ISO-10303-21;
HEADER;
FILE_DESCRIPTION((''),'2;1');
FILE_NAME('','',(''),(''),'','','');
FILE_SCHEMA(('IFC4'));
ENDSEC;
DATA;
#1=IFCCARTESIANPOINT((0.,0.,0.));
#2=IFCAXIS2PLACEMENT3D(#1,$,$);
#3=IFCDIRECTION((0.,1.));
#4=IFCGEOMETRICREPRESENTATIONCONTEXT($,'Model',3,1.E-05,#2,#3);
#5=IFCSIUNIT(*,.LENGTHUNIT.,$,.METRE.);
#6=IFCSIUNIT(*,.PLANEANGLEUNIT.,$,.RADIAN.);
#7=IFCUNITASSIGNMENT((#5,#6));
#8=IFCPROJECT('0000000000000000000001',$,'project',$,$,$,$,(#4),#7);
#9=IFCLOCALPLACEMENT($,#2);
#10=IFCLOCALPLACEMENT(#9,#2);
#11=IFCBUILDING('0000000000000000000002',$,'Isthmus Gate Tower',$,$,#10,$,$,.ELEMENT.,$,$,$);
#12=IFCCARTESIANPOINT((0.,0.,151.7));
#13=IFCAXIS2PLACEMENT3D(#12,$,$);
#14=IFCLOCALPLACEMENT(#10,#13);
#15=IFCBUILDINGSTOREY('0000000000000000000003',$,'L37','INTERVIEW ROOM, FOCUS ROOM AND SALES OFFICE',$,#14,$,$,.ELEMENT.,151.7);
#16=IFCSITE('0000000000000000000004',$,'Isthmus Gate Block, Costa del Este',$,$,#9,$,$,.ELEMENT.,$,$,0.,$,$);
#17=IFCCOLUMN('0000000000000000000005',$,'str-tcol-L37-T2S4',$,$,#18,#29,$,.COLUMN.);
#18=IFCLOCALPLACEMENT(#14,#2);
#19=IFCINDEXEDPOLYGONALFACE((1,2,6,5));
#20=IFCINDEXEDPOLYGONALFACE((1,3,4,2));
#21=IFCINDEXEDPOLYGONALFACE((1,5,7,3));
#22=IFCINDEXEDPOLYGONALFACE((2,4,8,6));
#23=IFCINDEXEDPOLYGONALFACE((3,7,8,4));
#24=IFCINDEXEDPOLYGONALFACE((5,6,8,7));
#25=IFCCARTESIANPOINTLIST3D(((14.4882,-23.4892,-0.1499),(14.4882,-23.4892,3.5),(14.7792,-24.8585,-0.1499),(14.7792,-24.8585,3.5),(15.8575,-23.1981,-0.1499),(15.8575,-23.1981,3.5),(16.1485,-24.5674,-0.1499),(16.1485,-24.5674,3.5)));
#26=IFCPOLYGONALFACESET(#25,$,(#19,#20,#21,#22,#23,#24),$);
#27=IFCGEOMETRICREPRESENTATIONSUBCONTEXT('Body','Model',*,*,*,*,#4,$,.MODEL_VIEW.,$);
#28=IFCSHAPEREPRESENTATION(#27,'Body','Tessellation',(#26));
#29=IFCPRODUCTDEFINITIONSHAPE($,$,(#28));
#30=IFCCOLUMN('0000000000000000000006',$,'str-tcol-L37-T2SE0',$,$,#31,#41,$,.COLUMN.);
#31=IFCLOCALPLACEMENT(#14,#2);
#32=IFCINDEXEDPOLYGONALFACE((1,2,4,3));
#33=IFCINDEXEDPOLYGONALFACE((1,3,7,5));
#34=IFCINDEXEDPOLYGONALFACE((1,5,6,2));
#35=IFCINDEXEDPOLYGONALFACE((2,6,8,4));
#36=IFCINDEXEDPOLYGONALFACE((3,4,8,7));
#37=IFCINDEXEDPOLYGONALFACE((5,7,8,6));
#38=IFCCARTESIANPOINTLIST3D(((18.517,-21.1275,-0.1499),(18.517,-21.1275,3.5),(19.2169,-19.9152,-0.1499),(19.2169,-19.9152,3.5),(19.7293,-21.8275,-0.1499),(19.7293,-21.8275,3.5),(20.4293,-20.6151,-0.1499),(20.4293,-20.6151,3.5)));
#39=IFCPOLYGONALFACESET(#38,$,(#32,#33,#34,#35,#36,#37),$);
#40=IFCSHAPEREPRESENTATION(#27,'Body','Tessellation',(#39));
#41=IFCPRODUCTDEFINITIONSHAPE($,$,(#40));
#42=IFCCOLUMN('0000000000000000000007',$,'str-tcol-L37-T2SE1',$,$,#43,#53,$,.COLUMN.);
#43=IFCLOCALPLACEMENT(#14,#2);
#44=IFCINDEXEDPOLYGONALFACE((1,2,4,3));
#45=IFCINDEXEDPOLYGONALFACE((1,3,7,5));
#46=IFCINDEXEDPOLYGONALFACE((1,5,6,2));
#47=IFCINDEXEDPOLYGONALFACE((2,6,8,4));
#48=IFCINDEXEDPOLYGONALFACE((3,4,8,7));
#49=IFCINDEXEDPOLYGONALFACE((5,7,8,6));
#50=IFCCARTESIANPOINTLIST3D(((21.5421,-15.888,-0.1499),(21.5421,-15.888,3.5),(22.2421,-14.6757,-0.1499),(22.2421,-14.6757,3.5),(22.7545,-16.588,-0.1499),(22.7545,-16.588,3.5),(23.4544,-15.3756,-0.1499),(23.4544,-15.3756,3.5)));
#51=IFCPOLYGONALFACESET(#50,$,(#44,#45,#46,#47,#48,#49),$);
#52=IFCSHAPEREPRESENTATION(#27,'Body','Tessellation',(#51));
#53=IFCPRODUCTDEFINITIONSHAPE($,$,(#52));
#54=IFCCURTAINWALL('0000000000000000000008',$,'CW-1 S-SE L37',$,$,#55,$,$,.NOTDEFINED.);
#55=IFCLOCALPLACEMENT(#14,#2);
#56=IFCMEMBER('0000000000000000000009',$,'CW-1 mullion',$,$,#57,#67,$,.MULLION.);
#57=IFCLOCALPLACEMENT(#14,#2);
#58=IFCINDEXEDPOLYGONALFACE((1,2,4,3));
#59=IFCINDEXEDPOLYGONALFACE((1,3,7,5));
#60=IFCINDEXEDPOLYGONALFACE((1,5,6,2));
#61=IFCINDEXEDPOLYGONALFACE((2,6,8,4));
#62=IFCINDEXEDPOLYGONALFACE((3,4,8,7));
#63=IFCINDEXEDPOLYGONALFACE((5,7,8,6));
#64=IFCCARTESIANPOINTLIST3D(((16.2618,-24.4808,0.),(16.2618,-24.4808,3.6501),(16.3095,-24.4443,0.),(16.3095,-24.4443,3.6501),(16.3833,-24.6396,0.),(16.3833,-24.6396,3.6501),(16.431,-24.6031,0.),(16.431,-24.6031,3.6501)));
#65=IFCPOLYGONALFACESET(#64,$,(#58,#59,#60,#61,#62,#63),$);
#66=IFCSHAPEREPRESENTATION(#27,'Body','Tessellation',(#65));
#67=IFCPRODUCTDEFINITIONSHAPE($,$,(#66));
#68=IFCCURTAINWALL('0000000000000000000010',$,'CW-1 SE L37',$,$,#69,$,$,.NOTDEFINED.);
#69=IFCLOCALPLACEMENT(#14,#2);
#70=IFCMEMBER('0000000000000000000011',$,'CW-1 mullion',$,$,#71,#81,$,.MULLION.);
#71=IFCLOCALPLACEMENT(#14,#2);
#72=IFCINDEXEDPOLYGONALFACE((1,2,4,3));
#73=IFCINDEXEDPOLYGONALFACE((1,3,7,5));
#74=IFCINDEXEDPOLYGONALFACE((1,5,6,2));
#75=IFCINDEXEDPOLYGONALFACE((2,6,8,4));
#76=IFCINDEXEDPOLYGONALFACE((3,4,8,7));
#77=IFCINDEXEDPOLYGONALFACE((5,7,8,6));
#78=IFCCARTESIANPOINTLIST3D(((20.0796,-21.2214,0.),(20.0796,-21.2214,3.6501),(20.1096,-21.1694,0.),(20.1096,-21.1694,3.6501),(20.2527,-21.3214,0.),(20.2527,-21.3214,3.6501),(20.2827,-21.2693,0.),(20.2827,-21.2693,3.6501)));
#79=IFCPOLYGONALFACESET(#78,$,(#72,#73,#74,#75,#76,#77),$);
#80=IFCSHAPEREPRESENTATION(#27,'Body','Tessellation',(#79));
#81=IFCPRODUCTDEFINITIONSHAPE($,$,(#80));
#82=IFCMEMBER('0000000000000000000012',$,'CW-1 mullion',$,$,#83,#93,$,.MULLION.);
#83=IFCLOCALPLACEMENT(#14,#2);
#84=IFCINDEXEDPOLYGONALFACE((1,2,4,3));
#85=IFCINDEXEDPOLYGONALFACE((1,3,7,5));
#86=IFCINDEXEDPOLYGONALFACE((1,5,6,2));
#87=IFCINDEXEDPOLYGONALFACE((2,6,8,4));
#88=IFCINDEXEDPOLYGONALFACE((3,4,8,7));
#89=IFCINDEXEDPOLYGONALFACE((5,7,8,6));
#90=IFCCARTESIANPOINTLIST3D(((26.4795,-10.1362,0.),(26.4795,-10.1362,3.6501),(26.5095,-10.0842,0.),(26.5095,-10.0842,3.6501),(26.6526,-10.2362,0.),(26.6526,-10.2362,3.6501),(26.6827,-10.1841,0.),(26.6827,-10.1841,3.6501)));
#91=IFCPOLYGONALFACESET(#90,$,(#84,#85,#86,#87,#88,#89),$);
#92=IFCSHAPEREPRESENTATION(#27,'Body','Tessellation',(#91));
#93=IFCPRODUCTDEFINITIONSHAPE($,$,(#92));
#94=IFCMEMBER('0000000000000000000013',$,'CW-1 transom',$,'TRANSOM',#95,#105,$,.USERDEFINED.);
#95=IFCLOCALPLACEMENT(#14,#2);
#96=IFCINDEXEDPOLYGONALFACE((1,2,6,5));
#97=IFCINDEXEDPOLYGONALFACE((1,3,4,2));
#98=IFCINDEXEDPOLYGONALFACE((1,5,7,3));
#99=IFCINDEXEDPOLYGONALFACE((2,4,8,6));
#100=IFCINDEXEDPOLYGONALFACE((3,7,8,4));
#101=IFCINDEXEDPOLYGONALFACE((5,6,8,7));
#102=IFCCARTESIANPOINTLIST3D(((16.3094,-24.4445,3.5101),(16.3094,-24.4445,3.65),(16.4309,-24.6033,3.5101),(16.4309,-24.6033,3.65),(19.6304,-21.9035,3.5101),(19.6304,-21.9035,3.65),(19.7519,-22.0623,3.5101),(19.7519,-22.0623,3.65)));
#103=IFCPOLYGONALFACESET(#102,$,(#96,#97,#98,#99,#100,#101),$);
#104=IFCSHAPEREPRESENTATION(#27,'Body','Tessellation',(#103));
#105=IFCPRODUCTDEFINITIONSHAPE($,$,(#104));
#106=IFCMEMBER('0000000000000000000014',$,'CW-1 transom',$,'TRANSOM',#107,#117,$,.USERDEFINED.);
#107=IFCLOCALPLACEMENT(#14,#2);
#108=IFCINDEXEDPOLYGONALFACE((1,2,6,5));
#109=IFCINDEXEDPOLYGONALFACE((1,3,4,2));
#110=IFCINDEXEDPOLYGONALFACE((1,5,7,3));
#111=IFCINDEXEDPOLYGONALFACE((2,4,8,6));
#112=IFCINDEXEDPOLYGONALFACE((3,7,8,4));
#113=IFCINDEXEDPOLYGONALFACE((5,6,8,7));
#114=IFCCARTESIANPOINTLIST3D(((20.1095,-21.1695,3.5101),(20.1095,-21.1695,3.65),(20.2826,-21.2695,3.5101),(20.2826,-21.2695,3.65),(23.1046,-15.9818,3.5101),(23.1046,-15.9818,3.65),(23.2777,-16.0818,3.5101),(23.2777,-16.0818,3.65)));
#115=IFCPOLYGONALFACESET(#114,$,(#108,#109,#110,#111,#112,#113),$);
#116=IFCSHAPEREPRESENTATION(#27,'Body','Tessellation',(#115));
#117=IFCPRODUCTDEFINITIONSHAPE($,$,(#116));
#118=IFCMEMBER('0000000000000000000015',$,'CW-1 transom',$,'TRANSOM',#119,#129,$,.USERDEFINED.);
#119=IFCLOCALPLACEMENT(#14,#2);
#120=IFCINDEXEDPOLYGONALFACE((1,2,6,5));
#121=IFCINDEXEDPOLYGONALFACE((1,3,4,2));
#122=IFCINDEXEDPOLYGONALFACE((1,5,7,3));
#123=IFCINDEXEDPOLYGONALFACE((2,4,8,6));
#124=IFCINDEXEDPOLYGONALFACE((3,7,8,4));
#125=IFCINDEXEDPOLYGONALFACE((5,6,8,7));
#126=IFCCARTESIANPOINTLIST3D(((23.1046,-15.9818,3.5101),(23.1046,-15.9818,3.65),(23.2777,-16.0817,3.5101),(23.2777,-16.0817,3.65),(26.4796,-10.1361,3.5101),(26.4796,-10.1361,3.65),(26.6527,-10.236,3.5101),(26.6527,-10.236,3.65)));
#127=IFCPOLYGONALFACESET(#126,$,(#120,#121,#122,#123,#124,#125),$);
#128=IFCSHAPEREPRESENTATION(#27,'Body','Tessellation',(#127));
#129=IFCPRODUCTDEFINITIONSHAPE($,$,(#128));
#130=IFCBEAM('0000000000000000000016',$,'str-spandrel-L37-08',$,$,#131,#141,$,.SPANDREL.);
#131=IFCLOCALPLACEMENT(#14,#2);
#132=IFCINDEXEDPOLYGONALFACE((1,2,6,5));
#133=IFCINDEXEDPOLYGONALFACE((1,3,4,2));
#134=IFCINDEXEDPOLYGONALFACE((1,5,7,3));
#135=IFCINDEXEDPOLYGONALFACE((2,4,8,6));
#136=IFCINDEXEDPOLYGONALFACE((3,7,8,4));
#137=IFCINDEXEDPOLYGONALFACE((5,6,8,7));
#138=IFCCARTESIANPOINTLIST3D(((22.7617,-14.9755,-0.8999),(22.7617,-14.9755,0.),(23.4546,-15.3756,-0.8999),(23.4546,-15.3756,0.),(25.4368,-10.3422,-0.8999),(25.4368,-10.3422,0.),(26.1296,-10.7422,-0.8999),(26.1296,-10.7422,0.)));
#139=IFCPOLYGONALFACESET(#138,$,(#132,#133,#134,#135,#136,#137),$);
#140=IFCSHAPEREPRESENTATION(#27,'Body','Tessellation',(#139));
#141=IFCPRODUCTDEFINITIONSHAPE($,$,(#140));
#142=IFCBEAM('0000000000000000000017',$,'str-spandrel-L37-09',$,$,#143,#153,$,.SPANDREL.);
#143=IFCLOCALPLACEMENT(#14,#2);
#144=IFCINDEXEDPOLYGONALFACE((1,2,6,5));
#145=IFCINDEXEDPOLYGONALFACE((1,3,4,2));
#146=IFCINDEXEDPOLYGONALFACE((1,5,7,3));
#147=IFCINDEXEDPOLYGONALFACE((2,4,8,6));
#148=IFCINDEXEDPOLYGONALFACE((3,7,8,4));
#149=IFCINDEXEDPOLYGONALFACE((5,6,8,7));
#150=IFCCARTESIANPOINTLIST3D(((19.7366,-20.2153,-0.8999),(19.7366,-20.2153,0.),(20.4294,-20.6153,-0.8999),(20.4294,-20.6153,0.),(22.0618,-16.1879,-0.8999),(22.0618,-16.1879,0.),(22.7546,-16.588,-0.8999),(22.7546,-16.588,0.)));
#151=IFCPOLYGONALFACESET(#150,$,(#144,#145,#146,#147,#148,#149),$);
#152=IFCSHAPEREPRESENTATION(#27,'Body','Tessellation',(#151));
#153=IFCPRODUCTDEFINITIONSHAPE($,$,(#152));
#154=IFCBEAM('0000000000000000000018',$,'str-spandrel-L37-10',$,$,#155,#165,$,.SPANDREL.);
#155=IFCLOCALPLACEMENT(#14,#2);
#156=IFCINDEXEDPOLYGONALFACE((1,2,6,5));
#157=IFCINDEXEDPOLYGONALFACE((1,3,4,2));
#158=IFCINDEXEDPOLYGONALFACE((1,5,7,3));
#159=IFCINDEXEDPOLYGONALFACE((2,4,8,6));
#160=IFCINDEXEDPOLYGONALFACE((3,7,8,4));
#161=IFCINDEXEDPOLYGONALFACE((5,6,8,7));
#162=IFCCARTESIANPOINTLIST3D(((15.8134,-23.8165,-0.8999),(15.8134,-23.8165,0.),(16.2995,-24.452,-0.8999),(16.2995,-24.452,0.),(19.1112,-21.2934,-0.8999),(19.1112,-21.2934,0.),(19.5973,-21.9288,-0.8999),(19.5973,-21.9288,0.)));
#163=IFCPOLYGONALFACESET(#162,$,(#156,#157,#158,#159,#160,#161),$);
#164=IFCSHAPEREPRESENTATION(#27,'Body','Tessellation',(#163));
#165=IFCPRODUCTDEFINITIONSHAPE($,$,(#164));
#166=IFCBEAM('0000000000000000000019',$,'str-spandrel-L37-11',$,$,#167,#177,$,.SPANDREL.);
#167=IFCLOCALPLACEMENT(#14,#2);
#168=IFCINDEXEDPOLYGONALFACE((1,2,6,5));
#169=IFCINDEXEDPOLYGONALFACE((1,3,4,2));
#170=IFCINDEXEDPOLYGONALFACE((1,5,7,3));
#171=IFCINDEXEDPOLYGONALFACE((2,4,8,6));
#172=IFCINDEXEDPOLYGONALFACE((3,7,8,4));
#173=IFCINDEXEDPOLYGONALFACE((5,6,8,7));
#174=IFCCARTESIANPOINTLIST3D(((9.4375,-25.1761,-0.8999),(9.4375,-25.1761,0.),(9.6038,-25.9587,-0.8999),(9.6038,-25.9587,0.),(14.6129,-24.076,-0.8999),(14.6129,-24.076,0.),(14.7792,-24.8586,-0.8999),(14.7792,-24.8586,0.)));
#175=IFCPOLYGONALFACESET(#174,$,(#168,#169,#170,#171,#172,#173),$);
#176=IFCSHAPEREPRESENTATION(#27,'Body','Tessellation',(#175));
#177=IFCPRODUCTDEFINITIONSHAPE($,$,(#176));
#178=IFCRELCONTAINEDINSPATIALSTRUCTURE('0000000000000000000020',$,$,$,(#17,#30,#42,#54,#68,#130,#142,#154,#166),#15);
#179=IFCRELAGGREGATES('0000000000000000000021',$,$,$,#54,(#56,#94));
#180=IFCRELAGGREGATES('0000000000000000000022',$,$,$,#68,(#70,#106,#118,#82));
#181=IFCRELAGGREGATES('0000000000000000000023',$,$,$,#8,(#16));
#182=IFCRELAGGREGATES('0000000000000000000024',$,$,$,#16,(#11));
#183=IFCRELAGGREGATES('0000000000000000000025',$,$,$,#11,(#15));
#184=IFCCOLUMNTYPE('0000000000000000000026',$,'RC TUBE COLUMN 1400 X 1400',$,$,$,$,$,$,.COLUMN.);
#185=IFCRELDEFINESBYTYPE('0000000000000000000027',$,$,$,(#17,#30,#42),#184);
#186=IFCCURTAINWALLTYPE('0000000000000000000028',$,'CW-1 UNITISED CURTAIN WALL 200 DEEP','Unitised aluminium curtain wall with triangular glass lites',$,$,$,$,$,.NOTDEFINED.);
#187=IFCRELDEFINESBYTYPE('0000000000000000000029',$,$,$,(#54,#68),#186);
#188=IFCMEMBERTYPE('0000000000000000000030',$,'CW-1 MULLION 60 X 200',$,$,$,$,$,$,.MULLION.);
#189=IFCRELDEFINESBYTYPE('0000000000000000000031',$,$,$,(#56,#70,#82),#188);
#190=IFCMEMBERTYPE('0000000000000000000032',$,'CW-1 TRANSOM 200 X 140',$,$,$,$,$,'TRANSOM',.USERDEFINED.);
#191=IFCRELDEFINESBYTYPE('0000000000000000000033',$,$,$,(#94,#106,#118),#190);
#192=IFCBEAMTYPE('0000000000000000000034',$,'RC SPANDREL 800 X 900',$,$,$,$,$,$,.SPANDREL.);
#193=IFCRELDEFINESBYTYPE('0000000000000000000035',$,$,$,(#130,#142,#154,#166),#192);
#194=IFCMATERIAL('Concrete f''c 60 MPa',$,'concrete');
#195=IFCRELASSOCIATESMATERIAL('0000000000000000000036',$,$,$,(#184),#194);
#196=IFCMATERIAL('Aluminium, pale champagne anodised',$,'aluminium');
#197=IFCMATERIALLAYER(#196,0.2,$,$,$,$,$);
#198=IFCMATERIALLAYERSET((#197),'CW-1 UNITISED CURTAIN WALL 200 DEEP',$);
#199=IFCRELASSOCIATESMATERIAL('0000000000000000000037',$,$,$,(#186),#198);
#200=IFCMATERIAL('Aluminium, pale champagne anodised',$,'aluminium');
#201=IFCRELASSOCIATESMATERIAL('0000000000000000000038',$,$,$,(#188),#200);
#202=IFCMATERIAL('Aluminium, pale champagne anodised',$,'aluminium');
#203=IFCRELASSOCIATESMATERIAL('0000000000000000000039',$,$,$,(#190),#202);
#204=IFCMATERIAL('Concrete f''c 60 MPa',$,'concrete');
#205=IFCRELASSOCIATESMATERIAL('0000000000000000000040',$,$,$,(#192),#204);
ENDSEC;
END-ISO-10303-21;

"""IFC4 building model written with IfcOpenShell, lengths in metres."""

from ifc_helpers import new_model, si_unit, direction, frame, origin, origin_2d, place, context, subcontext, project, spatial, rectangle, extrude, material, layer, layer_set, material_profile, profile_set, type_object, element, aggregate, save


model = new_model("IFC4")

# Units and contexts
model_context = context("Model", 3, precision=1e-05, world=origin(), true_north=direction((0.0, 1.0)))
body_context = subcontext(model_context, "Body", "Model", "MODEL_VIEW")
ifc_project = project(units=[si_unit("LENGTHUNIT", "METRE"), si_unit("PLANEANGLEUNIT", "RADIAN")], contexts=[model_context])

# Site, building, storey
site_placement = place(None, origin())
site = spatial("IfcSite", under=ifc_project, at=site_placement, Name="Isthmus Gate Block, Costa del Este", CompositionType="ELEMENT", RefElevation=0.0)
building_placement = place(site_placement, origin())
building = spatial("IfcBuilding", under=site, at=building_placement, Name="Isthmus Gate Tower", CompositionType="ELEMENT")
storey_placement = place(building_placement, frame((0.0, 0.0, 151.7)))
storey = spatial("IfcBuildingStorey", under=building, at=storey_placement, Name="L37", Description="INTERVIEW ROOM, FOCUS ROOM AND SALES OFFICE", CompositionType="ELEMENT", Elevation=151.7)

# Columns
ifc_material_1 = material(Name="Concrete f'c 60 MPa", Category="concrete")
ifc_material_profile_1 = material_profile(ifc_material_1, rectangle(XDim=1.3999, YDim=1.3999, at=origin_2d()), Name="RC 1400X1400")
ifc_profile_set_1 = profile_set([ifc_material_profile_1], Name="Concrete f'c 60 MPa")
column_type = type_object("IfcColumnType", Name="RC TUBE COLUMN 1400 X 1400", PredefinedType="COLUMN", material=ifc_profile_set_1)
for number, where, z_axis, x_axis, name in (
    (1, (15.3184, -24.0283, -0.1499), (0.0, 0.0, 1.0), (0.978148, 0.207912, 0.0), "str-tcol-L37-T2S4"),
    (2, (19.4731, -20.8713, -0.1499), (0.0, 0.0, 1.0), (0.5, 0.866025, 0.0), "str-tcol-L37-T2SE0"),
    (3, (22.4983, -15.6318, -0.1499), (0.0, 0.0, 1.0), (0.5, 0.866025, 0.0), "str-tcol-L37-T2SE1"),
):
    element("IfcColumn", number, at=place(storey_placement, frame(where, z_axis=z_axis, x_axis=x_axis)), inside=storey, type_object=column_type, Name=name, PredefinedType="COLUMN", context=body_context, shape_type="SweptSolid", body=[
        extrude(rectangle(XDim=1.3999, YDim=1.3999, at=origin_2d()), origin(), (0.0, 0.0, 1.0), 3.6499),
    ])

# Curtain wall, member
ifc_material_2 = material(Name="Aluminium, pale champagne anodised", Category="aluminium")
ifc_layer_1 = layer(ifc_material_2, 0.2)
ifc_layer_set_1 = layer_set([ifc_layer_1], Name="CW-1 UNITISED CURTAIN WALL 200 DEEP")
curtain_wall_type = type_object("IfcCurtainWallType", Name="CW-1 UNITISED CURTAIN WALL 200 DEEP", Description="Unitised aluminium curtain wall with triangular glass lites", PredefinedType="NOTDEFINED", material=ifc_layer_set_1)
curtain_wall_1_placement = place(storey_placement, origin())
curtain_wall_1 = element("IfcCurtainWall", 4, at=curtain_wall_1_placement, inside=storey, type_object=curtain_wall_type, Name="CW-1 S-SE L37", PredefinedType="NOTDEFINED")
ifc_material_3 = material(Name="Aluminium, pale champagne anodised", Category="aluminium")
ifc_material_profile_2 = material_profile(ifc_material_3, rectangle(XDim=0.0601, YDim=0.2, at=origin_2d()), Name="60x200")
ifc_profile_set_2 = profile_set([ifc_material_profile_2], Name="Aluminium, pale champagne anodised")
member_type_1 = type_object("IfcMemberType", Name="CW-1 MULLION 60 X 200", PredefinedType="MULLION", material=ifc_profile_set_2)
member_1_placement = place(storey_placement, frame((16.3464, -24.542, 0.0), z_axis=(0.0, 0.0, 1.0), x_axis=(0.794189, 0.607671, 0.0)))
member_1 = element("IfcMember", 5, at=member_1_placement, type_object=member_type_1, Name="CW-1 mullion", PredefinedType="MULLION", context=body_context, shape_type="SweptSolid", body=[
    extrude(rectangle(XDim=0.0601, YDim=0.2, at=origin_2d()), origin(), (0.0, 0.0, 1.0), 3.6501),
])

# Curtain wall, members
curtain_wall_2_placement = place(storey_placement, origin())
curtain_wall_2 = element("IfcCurtainWall", 6, at=curtain_wall_2_placement, inside=storey, type_object=curtain_wall_type, Name="CW-1 SE L37", PredefinedType="NOTDEFINED")
member_2_placement = place(storey_placement, frame((20.1812, -21.2454, 0.0), z_axis=(0.0, 0.0, 1.0), x_axis=(0.5, 0.866025, 0.0)))
member_2 = element("IfcMember", 7, at=member_2_placement, type_object=member_type_1, Name="CW-1 mullion", PredefinedType="MULLION", context=body_context, shape_type="SweptSolid", body=[
    extrude(rectangle(XDim=0.0601, YDim=0.2, at=origin_2d()), origin(), (0.0, 0.0, 1.0), 3.6501),
])
member_3_placement = place(storey_placement, frame((26.5811, -10.1602, 0.0), z_axis=(0.0, 0.0, 1.0), x_axis=(0.5, 0.866025, 0.0)))
member_3 = element("IfcMember", 8, at=member_3_placement, type_object=member_type_1, Name="CW-1 mullion", PredefinedType="MULLION", context=body_context, shape_type="SweptSolid", body=[
    extrude(rectangle(XDim=0.0601, YDim=0.2, at=origin_2d()), origin(), (0.0, 0.0, 1.0), 3.6501),
])

# Members
ifc_material_4 = material(Name="Aluminium, pale champagne anodised", Category="aluminium")
ifc_material_profile_3 = material_profile(ifc_material_4, rectangle(XDim=0.2, YDim=0.1399, at=origin_2d()), Name="200x140")
ifc_profile_set_3 = profile_set([ifc_material_profile_3], Name="Aluminium, pale champagne anodised")
member_type_2 = type_object("IfcMemberType", Name="CW-1 TRANSOM 200 X 140", ElementType="TRANSOM", PredefinedType="USERDEFINED", material=ifc_profile_set_3)
member_4_placement = place(storey_placement, frame((16.3701, -24.5239, 3.5801), z_axis=(0.794197, 0.60766, 0.0), x_axis=(-0.60766, 0.794197, 0.0)))
member_4 = element("IfcMember", 9, at=member_4_placement, type_object=member_type_2, Name="CW-1 transom", ObjectType="TRANSOM", PredefinedType="USERDEFINED", context=body_context, shape_type="SweptSolid", body=[
    extrude(rectangle(XDim=0.2, YDim=0.1399, at=origin_2d()), origin(), (0.0, 0.0, 1.0), 4.1816),
])
member_5_placement = place(storey_placement, frame((20.196, -21.2195, 3.5801), z_axis=(0.499996, 0.866027, 0.0), x_axis=(-0.866027, 0.499996, 0.0)))
member_5 = element("IfcMember", 10, at=member_5_placement, type_object=member_type_2, Name="CW-1 transom", ObjectType="TRANSOM", PredefinedType="USERDEFINED", context=body_context, shape_type="SweptSolid", body=[
    extrude(rectangle(XDim=0.2, YDim=0.1399, at=origin_2d()), origin(), (0.0, 0.0, 1.0), 5.9902),
])
member_6_placement = place(storey_placement, frame((23.1912, -16.0317, 3.5801), z_axis=(0.499998, 0.866027, 0.0), x_axis=(-0.866027, 0.499998, 0.0)))
member_6 = element("IfcMember", 11, at=member_6_placement, type_object=member_type_2, Name="CW-1 transom", ObjectType="TRANSOM", PredefinedType="USERDEFINED", context=body_context, shape_type="SweptSolid", body=[
    extrude(rectangle(XDim=0.2, YDim=0.1399, at=origin_2d()), origin(), (0.0, 0.0, 1.0), 6.75),
])

# Beams
ifc_material_5 = material(Name="Concrete f'c 60 MPa", Category="concrete")
ifc_material_profile_4 = material_profile(ifc_material_5, rectangle(XDim=0.8, YDim=0.8999, at=origin_2d()), Name="RC 800X900")
ifc_profile_set_4 = profile_set([ifc_material_profile_4], Name="Concrete f'c 60 MPa")
beam_type_1 = type_object("IfcBeamType", Name="RC SPANDREL 800 X 900", PredefinedType="SPANDREL", material=ifc_profile_set_4)
beam_1_placement = place(storey_placement, frame((25.7832, -10.5422, -0.45), z_axis=(-0.500002, -0.866024, 0.0), x_axis=(0.866024, -0.500002, 0.0)))
element("IfcBeam", 12, at=beam_1_placement, inside=storey, type_object=beam_type_1, Name="str-spandrel-L37-08", PredefinedType="SPANDREL", context=body_context, shape_type="SweptSolid", body=[
    extrude(rectangle(XDim=0.8, YDim=0.8999, at=origin_2d()), origin(), (0.0, 0.0, 1.0), 5.3501),
])
beam_2_placement = place(storey_placement, frame((22.4082, -16.3879, -0.45), z_axis=(-0.500001, -0.866025, 0.0), x_axis=(0.866025, -0.500001, 0.0)))
element("IfcBeam", 13, at=beam_2_placement, inside=storey, type_object=beam_type_1, Name="str-spandrel-L37-09", PredefinedType="SPANDREL", context=body_context, shape_type="SweptSolid", body=[
    extrude(rectangle(XDim=0.8, YDim=0.8999, at=origin_2d()), origin(), (0.0, 0.0, 1.0), 4.6504),
])
beam_3_placement = place(storey_placement, frame((19.3542, -21.6111, -0.45), z_axis=(-0.794206, -0.607649, 0.0), x_axis=(0.607649, -0.794206, 0.0)))
element("IfcBeam", 14, at=beam_3_placement, inside=storey, type_object=beam_type_1, Name="str-spandrel-L37-10", PredefinedType="SPANDREL", context=body_context, shape_type="SweptSolid", body=[
    extrude(rectangle(XDim=0.8, YDim=0.8999, at=origin_2d()), origin(), (0.0, 0.0, 1.0), 4.1523),
])
beam_4_placement = place(storey_placement, frame((14.696, -24.4673, -0.45), z_axis=(-0.978145, -0.207922, 0.0), x_axis=(0.207922, -0.978145, 0.0)))
element("IfcBeam", 15, at=beam_4_placement, inside=storey, type_object=beam_type_1, Name="str-spandrel-L37-11", PredefinedType="SPANDREL", context=body_context, shape_type="SweptSolid", body=[
    extrude(rectangle(XDim=0.8, YDim=0.8999, at=origin_2d()), origin(), (0.0, 0.0, 1.0), 5.291),
])

aggregate(curtain_wall_1, [member_1, member_4])
aggregate(curtain_wall_2, [member_2, member_5, member_6, member_3])

save(model, "model.ifc")
